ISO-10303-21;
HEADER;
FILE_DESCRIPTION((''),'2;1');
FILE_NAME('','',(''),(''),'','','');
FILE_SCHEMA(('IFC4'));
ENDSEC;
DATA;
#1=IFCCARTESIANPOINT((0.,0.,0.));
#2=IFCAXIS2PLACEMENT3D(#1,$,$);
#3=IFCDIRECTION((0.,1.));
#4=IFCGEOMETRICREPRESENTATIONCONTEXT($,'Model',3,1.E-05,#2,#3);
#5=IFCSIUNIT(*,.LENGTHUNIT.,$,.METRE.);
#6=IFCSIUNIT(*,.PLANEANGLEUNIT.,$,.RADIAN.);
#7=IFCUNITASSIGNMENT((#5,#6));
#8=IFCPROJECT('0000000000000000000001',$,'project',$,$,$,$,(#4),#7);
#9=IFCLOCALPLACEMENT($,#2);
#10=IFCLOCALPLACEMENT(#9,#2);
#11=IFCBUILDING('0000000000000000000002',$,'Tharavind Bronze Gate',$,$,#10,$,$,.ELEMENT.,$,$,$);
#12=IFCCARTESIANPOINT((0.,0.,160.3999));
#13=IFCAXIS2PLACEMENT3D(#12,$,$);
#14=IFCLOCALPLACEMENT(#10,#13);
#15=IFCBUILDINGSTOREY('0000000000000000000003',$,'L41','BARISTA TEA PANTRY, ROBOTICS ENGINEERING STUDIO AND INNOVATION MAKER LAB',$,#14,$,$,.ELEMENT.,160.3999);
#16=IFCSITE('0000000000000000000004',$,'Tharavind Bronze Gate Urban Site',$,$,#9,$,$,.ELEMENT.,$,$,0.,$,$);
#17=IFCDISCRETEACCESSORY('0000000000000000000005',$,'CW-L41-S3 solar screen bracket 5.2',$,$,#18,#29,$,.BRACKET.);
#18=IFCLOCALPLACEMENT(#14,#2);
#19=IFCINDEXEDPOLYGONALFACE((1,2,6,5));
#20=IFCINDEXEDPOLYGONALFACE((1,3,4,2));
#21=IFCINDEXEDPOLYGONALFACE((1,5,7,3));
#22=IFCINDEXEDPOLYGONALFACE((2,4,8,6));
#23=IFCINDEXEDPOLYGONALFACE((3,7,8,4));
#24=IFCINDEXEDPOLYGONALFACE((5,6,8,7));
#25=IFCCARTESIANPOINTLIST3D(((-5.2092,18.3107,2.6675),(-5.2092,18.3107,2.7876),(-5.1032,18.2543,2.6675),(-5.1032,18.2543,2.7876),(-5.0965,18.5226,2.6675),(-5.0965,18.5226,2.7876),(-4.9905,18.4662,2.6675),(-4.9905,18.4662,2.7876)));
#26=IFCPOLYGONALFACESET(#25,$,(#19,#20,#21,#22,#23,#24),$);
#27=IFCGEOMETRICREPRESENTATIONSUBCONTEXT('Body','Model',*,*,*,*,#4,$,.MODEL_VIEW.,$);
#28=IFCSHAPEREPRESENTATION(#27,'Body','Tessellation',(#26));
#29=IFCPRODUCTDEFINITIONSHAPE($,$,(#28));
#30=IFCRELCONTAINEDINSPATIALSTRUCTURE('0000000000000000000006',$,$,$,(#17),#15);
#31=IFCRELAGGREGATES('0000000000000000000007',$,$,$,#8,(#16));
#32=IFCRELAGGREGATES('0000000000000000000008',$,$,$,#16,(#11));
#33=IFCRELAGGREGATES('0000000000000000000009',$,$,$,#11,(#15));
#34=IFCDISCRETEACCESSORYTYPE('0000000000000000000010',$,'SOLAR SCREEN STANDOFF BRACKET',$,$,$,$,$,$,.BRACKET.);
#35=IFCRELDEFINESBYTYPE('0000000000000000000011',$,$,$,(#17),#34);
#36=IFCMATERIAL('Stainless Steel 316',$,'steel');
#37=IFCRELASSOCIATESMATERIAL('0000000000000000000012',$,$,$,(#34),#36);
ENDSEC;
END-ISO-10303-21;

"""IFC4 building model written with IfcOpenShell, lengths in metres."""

from ifc_helpers import new_model, si_unit, direction, frame, origin, origin_2d, place, context, subcontext, project, spatial, rectangle, extrude, material, type_object, element, save


model = new_model("IFC4")

# Units and contexts
model_context = context("Model", 3, precision=1e-05, world=origin(), true_north=direction((0.0, 1.0)))
body_context = subcontext(model_context, "Body", "Model", "MODEL_VIEW")
ifc_project = project(units=[si_unit("LENGTHUNIT", "METRE"), si_unit("PLANEANGLEUNIT", "RADIAN")], contexts=[model_context])

# Site, building, storey
site_placement = place(None, origin())
site = spatial("IfcSite", under=ifc_project, at=site_placement, Name="Tharavind Bronze Gate Urban Site", CompositionType="ELEMENT", RefElevation=0.0)
building_placement = place(site_placement, origin())
building = spatial("IfcBuilding", under=site, at=building_placement, Name="Tharavind Bronze Gate", CompositionType="ELEMENT")
storey_placement = place(building_placement, frame((0.0, 0.0, 160.3999)))
storey = spatial("IfcBuildingStorey", under=building, at=storey_placement, Name="L41", Description="BARISTA TEA PANTRY, ROBOTICS ENGINEERING STUDIO AND INNOVATION MAKER LAB", CompositionType="ELEMENT", Elevation=160.3999)

# Discrete accessory
ifc_material_1 = material(Name="Stainless Steel 316", Category="steel")
discrete_accessory_type = type_object("IfcDiscreteAccessoryType", Name="SOLAR SCREEN STANDOFF BRACKET", PredefinedType="BRACKET", material=ifc_material_1)
discrete_accessory_placement = place(storey_placement, frame((-5.0999, 18.3884, 2.6675), z_axis=(0.0, 0.0, 1.0), x_axis=(-0.882948, 0.469472, 0.0)))
element("IfcDiscreteAccessory", 1, at=discrete_accessory_placement, inside=storey, type_object=discrete_accessory_type, Name="CW-L41-S3 solar screen bracket 5.2", PredefinedType="BRACKET", context=body_context, shape_type="SweptSolid", body=[
    extrude(rectangle(XDim=0.1201, YDim=0.24, at=origin_2d()), origin(), (0.0, 0.0, 1.0), 0.1201),
])

save(model, "model.ifc")
